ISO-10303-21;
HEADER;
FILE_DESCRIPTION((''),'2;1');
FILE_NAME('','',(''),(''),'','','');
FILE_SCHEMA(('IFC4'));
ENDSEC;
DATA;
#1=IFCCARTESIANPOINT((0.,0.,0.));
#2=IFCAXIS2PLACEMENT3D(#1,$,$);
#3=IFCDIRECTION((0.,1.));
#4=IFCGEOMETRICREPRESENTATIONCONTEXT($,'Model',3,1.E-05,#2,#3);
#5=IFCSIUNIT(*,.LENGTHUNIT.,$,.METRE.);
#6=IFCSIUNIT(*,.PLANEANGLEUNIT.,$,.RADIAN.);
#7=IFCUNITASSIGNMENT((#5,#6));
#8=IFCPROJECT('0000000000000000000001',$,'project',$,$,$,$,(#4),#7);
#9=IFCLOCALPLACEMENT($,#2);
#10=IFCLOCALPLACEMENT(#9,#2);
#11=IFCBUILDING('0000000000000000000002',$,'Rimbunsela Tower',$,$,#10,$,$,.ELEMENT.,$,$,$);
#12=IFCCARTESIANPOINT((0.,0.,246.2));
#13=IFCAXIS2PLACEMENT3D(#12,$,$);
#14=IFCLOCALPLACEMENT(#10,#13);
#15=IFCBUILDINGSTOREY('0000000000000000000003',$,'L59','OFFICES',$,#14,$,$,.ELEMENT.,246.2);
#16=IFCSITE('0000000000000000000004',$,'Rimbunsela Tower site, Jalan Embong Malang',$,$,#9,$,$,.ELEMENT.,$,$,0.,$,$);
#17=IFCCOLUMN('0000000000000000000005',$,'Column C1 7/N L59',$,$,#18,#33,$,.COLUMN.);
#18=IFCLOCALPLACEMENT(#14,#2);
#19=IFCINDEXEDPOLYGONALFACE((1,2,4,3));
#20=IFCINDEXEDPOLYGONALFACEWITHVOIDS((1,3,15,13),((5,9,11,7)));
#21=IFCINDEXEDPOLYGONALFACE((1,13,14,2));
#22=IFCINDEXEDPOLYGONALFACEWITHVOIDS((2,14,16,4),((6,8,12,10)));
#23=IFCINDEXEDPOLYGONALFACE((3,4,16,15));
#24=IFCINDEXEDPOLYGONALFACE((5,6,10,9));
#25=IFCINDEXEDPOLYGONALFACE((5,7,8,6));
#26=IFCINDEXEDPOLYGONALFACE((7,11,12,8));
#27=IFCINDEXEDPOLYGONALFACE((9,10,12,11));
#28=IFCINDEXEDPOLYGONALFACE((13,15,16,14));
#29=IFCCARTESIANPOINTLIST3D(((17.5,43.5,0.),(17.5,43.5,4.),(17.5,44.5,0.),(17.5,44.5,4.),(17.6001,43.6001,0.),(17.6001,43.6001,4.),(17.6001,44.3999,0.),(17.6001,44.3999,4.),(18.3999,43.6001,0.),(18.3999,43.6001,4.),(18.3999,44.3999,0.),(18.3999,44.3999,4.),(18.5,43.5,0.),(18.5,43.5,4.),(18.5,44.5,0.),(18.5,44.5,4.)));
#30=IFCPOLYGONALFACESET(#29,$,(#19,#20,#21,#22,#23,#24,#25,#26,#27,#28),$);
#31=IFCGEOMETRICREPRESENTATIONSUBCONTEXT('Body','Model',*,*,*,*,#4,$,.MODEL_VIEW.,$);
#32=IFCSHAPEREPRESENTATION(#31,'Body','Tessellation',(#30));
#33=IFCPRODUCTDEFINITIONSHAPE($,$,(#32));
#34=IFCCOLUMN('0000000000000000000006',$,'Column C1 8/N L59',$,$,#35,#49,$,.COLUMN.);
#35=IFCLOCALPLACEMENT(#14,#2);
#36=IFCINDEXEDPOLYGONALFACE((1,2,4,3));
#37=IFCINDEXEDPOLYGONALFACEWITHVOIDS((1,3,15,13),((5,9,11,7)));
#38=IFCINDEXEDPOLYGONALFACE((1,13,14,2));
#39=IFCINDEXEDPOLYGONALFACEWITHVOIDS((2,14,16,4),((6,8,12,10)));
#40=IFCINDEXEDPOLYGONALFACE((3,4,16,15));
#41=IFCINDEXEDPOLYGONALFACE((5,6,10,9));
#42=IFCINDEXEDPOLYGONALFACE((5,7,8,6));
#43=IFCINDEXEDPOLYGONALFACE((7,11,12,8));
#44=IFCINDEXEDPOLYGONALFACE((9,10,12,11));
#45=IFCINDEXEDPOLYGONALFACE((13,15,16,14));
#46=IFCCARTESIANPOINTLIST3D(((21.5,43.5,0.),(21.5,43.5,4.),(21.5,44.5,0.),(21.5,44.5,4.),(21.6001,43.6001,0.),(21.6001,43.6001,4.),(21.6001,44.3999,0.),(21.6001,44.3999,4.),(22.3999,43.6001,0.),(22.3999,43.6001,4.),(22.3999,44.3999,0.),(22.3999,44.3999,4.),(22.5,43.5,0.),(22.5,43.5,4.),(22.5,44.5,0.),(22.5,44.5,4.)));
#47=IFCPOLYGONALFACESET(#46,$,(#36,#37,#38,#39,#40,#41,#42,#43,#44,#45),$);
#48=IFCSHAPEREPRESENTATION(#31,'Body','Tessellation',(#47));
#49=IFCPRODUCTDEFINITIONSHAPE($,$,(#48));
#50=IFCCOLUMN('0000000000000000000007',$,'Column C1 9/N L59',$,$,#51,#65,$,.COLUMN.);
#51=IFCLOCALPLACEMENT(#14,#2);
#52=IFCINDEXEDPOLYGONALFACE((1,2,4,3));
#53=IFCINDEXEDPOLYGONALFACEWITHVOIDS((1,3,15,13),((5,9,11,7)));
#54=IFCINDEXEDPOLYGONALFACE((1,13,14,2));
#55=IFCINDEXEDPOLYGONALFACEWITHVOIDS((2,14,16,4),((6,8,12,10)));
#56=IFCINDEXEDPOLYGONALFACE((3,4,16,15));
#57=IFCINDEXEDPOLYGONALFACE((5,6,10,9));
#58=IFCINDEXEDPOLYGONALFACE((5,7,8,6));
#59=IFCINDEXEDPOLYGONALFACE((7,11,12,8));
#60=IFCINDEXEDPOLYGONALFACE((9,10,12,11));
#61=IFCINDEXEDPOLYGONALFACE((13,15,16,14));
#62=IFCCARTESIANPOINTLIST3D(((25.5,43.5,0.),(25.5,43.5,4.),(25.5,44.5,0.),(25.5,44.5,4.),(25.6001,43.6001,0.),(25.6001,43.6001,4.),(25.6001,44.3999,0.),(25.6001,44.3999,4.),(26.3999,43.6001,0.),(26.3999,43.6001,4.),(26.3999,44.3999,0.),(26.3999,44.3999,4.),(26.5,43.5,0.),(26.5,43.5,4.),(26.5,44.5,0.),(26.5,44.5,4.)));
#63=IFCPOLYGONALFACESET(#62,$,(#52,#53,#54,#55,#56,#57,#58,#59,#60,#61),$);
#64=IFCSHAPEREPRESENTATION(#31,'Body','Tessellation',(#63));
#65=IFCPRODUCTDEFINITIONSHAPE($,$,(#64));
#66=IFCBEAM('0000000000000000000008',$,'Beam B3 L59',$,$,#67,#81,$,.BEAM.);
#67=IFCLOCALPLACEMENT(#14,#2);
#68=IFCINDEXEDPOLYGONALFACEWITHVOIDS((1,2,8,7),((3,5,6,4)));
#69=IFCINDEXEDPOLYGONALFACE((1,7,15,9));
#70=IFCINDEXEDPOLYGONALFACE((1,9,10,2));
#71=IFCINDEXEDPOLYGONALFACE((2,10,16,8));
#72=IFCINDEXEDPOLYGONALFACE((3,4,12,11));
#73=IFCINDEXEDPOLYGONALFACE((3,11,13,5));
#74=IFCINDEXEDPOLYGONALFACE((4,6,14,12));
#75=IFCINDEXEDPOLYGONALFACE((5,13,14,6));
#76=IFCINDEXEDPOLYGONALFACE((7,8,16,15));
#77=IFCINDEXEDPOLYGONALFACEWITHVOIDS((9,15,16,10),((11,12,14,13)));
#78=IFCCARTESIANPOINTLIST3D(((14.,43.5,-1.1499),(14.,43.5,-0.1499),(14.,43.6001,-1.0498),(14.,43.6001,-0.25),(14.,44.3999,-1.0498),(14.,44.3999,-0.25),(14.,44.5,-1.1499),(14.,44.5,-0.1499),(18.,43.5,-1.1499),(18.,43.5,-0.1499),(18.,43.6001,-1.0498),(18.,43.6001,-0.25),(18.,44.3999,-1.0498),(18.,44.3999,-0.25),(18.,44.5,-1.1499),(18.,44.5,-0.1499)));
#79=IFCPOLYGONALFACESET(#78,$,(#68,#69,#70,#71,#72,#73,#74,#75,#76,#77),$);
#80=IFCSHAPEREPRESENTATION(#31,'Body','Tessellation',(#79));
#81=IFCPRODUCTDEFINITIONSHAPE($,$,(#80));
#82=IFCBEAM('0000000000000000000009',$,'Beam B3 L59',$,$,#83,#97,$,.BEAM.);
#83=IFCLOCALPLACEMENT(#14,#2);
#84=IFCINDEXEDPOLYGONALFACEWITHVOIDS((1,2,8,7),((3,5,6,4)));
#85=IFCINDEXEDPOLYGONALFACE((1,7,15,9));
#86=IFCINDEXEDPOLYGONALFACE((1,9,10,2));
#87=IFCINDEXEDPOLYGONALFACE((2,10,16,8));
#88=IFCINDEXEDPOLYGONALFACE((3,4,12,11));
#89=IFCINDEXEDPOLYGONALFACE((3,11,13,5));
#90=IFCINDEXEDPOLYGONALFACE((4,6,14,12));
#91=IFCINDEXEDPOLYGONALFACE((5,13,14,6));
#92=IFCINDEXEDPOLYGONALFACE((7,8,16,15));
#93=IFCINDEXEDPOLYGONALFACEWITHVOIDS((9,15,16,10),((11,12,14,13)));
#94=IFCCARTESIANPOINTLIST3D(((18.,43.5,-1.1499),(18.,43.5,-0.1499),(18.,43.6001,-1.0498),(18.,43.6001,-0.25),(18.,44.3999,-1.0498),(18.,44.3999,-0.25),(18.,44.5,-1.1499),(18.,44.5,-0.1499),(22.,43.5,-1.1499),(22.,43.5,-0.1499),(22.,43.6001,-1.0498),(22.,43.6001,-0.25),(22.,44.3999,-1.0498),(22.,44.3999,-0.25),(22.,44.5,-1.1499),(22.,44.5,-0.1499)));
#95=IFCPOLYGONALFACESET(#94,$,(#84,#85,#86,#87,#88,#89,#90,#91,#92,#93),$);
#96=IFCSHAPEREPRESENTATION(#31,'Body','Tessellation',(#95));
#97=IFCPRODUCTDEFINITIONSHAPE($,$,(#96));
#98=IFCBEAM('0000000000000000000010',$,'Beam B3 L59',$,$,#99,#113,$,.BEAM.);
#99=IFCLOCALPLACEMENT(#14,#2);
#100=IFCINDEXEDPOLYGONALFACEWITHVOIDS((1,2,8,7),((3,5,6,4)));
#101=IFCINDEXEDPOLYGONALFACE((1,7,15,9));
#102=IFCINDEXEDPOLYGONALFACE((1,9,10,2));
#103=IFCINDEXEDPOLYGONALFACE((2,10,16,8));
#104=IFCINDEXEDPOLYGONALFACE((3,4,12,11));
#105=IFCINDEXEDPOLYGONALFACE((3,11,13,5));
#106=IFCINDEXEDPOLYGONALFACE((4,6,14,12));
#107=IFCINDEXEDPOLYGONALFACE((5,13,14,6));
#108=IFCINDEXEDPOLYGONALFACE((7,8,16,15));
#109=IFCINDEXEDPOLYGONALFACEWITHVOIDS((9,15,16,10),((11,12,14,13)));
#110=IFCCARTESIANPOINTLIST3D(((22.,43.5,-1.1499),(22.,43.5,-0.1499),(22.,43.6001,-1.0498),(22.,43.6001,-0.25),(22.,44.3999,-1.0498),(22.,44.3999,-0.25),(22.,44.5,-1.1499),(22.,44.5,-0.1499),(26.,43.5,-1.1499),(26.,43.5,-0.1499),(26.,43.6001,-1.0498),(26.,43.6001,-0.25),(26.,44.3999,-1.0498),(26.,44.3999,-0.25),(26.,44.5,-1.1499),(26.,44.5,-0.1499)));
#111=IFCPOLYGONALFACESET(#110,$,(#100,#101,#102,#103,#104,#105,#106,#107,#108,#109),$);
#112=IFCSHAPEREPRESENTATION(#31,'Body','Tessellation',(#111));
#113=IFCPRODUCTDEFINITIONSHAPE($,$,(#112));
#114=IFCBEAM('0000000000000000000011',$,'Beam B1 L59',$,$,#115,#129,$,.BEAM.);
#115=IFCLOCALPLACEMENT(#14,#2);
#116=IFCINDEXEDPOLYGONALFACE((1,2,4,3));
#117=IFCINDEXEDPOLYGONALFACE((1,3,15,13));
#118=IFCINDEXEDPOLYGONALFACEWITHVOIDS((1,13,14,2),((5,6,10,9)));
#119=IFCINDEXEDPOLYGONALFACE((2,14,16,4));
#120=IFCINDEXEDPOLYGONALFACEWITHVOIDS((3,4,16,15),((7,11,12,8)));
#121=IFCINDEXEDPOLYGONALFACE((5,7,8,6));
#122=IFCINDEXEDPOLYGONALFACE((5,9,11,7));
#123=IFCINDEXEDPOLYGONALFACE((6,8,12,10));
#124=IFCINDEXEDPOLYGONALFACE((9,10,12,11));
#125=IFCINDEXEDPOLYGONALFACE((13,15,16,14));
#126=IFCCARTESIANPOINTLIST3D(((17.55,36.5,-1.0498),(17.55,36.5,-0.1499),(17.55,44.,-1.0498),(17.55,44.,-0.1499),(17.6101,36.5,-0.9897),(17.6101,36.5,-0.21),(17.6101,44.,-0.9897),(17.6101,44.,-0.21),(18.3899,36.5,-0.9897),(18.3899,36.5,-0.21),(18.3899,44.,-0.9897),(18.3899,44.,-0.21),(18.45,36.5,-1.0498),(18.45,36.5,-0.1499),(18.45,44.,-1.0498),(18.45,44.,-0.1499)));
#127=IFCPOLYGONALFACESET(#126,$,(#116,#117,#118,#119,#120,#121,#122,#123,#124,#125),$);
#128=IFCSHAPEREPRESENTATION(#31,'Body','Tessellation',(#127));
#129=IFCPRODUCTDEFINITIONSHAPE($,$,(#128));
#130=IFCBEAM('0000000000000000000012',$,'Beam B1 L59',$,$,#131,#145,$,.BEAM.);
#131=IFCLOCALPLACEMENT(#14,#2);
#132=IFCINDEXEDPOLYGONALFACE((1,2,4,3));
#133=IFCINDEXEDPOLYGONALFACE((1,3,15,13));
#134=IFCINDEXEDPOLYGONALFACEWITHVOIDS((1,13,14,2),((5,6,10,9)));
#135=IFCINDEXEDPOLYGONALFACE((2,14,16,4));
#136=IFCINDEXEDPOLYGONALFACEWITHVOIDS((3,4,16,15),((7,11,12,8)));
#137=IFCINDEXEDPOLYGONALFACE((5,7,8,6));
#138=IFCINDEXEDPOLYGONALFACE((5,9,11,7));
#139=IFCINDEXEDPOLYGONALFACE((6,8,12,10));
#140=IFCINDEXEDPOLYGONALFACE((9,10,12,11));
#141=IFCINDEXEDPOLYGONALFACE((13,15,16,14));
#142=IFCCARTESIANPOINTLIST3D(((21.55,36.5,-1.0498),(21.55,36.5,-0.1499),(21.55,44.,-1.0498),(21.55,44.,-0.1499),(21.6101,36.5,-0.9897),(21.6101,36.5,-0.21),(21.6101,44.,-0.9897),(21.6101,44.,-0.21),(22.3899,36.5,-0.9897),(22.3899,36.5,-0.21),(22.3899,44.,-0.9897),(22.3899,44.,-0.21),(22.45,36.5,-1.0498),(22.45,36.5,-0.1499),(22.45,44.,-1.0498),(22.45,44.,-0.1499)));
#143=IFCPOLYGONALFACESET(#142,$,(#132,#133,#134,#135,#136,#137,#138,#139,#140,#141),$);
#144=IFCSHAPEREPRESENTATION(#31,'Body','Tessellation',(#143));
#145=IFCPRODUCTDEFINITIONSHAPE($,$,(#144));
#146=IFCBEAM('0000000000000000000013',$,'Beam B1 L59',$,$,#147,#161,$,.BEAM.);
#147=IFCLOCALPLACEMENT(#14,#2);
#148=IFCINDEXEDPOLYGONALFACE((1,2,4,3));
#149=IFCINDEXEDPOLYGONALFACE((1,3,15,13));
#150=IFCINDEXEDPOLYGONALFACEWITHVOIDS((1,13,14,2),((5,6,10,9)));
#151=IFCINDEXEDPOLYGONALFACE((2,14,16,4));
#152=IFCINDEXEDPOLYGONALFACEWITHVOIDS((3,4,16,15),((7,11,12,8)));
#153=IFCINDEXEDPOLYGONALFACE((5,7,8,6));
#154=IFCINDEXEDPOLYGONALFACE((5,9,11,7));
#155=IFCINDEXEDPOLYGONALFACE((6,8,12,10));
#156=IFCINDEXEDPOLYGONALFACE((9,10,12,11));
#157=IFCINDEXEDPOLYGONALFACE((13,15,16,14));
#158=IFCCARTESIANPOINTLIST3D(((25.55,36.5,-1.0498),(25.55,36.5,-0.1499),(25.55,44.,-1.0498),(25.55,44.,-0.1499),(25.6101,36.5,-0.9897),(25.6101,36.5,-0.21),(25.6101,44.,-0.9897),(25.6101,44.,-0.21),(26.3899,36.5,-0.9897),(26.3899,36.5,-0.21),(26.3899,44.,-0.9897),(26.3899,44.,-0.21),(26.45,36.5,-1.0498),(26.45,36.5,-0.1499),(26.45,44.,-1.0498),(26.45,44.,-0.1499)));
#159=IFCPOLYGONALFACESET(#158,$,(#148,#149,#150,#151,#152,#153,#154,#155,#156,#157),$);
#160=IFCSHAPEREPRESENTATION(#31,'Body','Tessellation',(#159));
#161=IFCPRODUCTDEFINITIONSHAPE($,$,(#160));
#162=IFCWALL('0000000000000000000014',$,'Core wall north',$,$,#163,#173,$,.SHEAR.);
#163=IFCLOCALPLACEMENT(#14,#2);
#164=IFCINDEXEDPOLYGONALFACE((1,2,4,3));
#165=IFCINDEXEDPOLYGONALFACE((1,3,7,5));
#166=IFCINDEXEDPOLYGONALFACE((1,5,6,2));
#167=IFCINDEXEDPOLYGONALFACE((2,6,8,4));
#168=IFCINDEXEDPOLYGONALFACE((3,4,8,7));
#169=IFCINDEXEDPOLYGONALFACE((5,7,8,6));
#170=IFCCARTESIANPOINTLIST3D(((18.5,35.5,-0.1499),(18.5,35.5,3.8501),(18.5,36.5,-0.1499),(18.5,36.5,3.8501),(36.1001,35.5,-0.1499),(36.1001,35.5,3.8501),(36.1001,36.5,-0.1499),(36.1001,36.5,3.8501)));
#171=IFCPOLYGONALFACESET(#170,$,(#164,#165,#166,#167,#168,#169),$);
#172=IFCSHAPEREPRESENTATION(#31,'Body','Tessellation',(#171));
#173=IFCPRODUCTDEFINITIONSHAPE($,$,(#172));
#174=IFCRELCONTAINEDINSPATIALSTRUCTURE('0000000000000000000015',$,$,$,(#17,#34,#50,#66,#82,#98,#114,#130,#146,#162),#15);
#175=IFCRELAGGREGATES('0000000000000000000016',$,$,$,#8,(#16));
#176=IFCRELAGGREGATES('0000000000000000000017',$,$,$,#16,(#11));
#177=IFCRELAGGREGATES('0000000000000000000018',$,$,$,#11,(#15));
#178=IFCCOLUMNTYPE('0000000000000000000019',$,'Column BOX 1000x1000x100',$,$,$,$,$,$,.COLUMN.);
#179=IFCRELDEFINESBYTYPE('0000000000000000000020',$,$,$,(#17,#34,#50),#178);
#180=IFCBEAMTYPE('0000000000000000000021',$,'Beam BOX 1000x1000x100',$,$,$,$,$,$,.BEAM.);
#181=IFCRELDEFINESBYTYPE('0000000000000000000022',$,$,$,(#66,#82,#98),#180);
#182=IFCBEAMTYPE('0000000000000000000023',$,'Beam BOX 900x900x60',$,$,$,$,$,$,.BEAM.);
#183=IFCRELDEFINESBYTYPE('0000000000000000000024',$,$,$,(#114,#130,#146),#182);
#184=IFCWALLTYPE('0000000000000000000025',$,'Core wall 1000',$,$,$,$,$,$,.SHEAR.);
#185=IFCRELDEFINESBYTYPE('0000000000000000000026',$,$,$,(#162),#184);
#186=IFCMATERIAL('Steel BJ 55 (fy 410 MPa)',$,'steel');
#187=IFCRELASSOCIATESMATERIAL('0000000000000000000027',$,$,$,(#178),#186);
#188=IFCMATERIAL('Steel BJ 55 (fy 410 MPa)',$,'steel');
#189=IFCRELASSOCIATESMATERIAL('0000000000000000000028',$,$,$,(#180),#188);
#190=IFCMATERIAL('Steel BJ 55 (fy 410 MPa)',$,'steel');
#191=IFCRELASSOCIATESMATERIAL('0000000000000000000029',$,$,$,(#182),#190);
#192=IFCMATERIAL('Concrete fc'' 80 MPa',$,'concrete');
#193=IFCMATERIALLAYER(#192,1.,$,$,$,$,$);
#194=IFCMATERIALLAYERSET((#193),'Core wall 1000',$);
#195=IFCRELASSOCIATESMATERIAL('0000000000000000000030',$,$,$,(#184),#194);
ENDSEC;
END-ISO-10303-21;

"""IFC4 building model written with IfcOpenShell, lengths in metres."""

from ifc_helpers import new_model, si_unit, direction, frame, frame_2d, origin, origin_2d, place, context, subcontext, project, spatial, rectangle, hollow_rectangle, extrude, material, layer, layer_set, material_profile, profile_set, type_object, element, save


model = new_model("IFC4")

# Units and contexts
model_context = context("Model", 3, precision=1e-05, world=origin(), true_north=direction((0.0, 1.0)))
body_context = subcontext(model_context, "Body", "Model", "MODEL_VIEW")
ifc_project = project(units=[si_unit("LENGTHUNIT", "METRE"), si_unit("PLANEANGLEUNIT", "RADIAN")], contexts=[model_context])

# Site, building, storey
site_placement = place(None, origin())
site = spatial("IfcSite", under=ifc_project, at=site_placement, Name="Rimbunsela Tower site, Jalan Embong Malang", CompositionType="ELEMENT", RefElevation=0.0)
building_placement = place(site_placement, origin())
building = spatial("IfcBuilding", under=site, at=building_placement, Name="Rimbunsela Tower", CompositionType="ELEMENT")
storey_placement = place(building_placement, frame((0.0, 0.0, 246.2)))
storey = spatial("IfcBuildingStorey", under=building, at=storey_placement, Name="L59", Description="OFFICES", CompositionType="ELEMENT", Elevation=246.2)

# Columns
ifc_material_1 = material(Name="Steel BJ 55 (fy 410 MPa)", Category="steel")
ifc_material_profile_1 = material_profile(ifc_material_1, hollow_rectangle(XDim=1.0, YDim=1.0, WallThickness=0.1001, at=origin_2d()), Name="BOX 1000x1000x100")
ifc_profile_set_1 = profile_set([ifc_material_profile_1], Name="Steel BJ 55 (fy 410 MPa)")
column_type = type_object("IfcColumnType", Name="Column BOX 1000x1000x100", PredefinedType="COLUMN", material=ifc_profile_set_1)
for number, where, z_axis, x_axis, name in (
    (1, (18.0, 44.0, 0.0), (0.0, 0.0, 1.0), (1.0, 0.0, 0.0), "Column C1 7/N L59"),
    (2, (22.0, 44.0, 0.0), (0.0, 0.0, 1.0), (1.0, 0.0, 0.0), "Column C1 8/N L59"),
    (3, (26.0, 44.0, 0.0), (0.0, 0.0, 1.0), (1.0, 0.0, 0.0), "Column C1 9/N L59"),
):
    element("IfcColumn", number, at=place(storey_placement, frame(where, z_axis=z_axis, x_axis=x_axis)), inside=storey, type_object=column_type, Name=name, PredefinedType="COLUMN", context=body_context, shape_type="SweptSolid", body=[
        extrude(hollow_rectangle(XDim=1.0, YDim=1.0, WallThickness=0.1001, at=origin_2d()), origin(), (0.0, 0.0, 1.0), 4.0),
    ])

# Beams
ifc_material_2 = material(Name="Steel BJ 55 (fy 410 MPa)", Category="steel")
ifc_material_profile_2 = material_profile(ifc_material_2, hollow_rectangle(XDim=1.0, YDim=1.0, WallThickness=0.1001, at=origin_2d()), Name="BOX 1000x1000x100")
ifc_profile_set_2 = profile_set([ifc_material_profile_2], Name="Steel BJ 55 (fy 410 MPa)")
beam_type_1 = type_object("IfcBeamType", Name="Beam BOX 1000x1000x100", PredefinedType="BEAM", material=ifc_profile_set_2)
for number, where, z_axis, x_axis, name in (
    (4, (14.0, 44.0, -0.6499), (1.0, 0.0, 0.0), (0.0, 1.0, 0.0), "Beam B3 L59"),
    (5, (18.0, 44.0, -0.6499), (1.0, 0.0, 0.0), (0.0, 1.0, 0.0), "Beam B3 L59"),
    (6, (22.0, 44.0, -0.6499), (1.0, 0.0, 0.0), (0.0, 1.0, 0.0), "Beam B3 L59"),
):
    element("IfcBeam", number, at=place(storey_placement, frame(where, z_axis=z_axis, x_axis=x_axis)), inside=storey, type_object=beam_type_1, Name=name, PredefinedType="BEAM", context=body_context, shape_type="SweptSolid", body=[
        extrude(hollow_rectangle(XDim=1.0, YDim=1.0, WallThickness=0.1001, at=origin_2d()), origin(), (0.0, 0.0, 1.0), 4.0),
    ])
ifc_material_3 = material(Name="Steel BJ 55 (fy 410 MPa)", Category="steel")
ifc_material_profile_3 = material_profile(ifc_material_3, hollow_rectangle(XDim=0.8999, YDim=0.8999, WallThickness=0.0601, at=origin_2d()), Name="BOX 900x900x60")
ifc_profile_set_3 = profile_set([ifc_material_profile_3], Name="Steel BJ 55 (fy 410 MPa)")
beam_type_2 = type_object("IfcBeamType", Name="Beam BOX 900x900x60", PredefinedType="BEAM", material=ifc_profile_set_3)
for number, where, z_axis, x_axis, name in (
    (7, (18.0, 36.5, -0.5999), (0.0, 1.0, 0.0), (-1.0, 0.0, 0.0), "Beam B1 L59"),
    (8, (22.0, 36.5, -0.5999), (0.0, 1.0, 0.0), (-1.0, 0.0, 0.0), "Beam B1 L59"),
    (9, (26.0, 36.5, -0.5999), (0.0, 1.0, 0.0), (-1.0, 0.0, 0.0), "Beam B1 L59"),
):
    element("IfcBeam", number, at=place(storey_placement, frame(where, z_axis=z_axis, x_axis=x_axis)), inside=storey, type_object=beam_type_2, Name=name, PredefinedType="BEAM", context=body_context, shape_type="SweptSolid", body=[
        extrude(hollow_rectangle(XDim=0.8999, YDim=0.8999, WallThickness=0.0601, at=origin_2d()), origin(), (0.0, 0.0, 1.0), 7.5),
    ])

# Wall
ifc_material_4 = material(Name="Concrete fc' 80 MPa", Category="concrete")
ifc_layer_1 = layer(ifc_material_4, 1.0)
ifc_layer_set_1 = layer_set([ifc_layer_1], Name="Core wall 1000")
wall_type_1 = type_object("IfcWallType", Name="Core wall 1000", PredefinedType="SHEAR", material=ifc_layer_set_1)
wall_1_placement = place(storey_placement, frame((18.5, 36.0, -0.1499), z_axis=(0.0, 0.0, 1.0), x_axis=(1.0, 0.0, 0.0)))
element("IfcWall", 10, at=wall_1_placement, inside=storey, type_object=wall_type_1, Name="Core wall north", PredefinedType="SHEAR", context=body_context, shape_type="SweptSolid", body=[
    extrude(rectangle(XDim=17.6001, YDim=1.0, at=frame_2d((8.8, 0.0))), origin(), (0.0, 0.0, 1.0), 4.0),
])

save(model, "model.ifc")
